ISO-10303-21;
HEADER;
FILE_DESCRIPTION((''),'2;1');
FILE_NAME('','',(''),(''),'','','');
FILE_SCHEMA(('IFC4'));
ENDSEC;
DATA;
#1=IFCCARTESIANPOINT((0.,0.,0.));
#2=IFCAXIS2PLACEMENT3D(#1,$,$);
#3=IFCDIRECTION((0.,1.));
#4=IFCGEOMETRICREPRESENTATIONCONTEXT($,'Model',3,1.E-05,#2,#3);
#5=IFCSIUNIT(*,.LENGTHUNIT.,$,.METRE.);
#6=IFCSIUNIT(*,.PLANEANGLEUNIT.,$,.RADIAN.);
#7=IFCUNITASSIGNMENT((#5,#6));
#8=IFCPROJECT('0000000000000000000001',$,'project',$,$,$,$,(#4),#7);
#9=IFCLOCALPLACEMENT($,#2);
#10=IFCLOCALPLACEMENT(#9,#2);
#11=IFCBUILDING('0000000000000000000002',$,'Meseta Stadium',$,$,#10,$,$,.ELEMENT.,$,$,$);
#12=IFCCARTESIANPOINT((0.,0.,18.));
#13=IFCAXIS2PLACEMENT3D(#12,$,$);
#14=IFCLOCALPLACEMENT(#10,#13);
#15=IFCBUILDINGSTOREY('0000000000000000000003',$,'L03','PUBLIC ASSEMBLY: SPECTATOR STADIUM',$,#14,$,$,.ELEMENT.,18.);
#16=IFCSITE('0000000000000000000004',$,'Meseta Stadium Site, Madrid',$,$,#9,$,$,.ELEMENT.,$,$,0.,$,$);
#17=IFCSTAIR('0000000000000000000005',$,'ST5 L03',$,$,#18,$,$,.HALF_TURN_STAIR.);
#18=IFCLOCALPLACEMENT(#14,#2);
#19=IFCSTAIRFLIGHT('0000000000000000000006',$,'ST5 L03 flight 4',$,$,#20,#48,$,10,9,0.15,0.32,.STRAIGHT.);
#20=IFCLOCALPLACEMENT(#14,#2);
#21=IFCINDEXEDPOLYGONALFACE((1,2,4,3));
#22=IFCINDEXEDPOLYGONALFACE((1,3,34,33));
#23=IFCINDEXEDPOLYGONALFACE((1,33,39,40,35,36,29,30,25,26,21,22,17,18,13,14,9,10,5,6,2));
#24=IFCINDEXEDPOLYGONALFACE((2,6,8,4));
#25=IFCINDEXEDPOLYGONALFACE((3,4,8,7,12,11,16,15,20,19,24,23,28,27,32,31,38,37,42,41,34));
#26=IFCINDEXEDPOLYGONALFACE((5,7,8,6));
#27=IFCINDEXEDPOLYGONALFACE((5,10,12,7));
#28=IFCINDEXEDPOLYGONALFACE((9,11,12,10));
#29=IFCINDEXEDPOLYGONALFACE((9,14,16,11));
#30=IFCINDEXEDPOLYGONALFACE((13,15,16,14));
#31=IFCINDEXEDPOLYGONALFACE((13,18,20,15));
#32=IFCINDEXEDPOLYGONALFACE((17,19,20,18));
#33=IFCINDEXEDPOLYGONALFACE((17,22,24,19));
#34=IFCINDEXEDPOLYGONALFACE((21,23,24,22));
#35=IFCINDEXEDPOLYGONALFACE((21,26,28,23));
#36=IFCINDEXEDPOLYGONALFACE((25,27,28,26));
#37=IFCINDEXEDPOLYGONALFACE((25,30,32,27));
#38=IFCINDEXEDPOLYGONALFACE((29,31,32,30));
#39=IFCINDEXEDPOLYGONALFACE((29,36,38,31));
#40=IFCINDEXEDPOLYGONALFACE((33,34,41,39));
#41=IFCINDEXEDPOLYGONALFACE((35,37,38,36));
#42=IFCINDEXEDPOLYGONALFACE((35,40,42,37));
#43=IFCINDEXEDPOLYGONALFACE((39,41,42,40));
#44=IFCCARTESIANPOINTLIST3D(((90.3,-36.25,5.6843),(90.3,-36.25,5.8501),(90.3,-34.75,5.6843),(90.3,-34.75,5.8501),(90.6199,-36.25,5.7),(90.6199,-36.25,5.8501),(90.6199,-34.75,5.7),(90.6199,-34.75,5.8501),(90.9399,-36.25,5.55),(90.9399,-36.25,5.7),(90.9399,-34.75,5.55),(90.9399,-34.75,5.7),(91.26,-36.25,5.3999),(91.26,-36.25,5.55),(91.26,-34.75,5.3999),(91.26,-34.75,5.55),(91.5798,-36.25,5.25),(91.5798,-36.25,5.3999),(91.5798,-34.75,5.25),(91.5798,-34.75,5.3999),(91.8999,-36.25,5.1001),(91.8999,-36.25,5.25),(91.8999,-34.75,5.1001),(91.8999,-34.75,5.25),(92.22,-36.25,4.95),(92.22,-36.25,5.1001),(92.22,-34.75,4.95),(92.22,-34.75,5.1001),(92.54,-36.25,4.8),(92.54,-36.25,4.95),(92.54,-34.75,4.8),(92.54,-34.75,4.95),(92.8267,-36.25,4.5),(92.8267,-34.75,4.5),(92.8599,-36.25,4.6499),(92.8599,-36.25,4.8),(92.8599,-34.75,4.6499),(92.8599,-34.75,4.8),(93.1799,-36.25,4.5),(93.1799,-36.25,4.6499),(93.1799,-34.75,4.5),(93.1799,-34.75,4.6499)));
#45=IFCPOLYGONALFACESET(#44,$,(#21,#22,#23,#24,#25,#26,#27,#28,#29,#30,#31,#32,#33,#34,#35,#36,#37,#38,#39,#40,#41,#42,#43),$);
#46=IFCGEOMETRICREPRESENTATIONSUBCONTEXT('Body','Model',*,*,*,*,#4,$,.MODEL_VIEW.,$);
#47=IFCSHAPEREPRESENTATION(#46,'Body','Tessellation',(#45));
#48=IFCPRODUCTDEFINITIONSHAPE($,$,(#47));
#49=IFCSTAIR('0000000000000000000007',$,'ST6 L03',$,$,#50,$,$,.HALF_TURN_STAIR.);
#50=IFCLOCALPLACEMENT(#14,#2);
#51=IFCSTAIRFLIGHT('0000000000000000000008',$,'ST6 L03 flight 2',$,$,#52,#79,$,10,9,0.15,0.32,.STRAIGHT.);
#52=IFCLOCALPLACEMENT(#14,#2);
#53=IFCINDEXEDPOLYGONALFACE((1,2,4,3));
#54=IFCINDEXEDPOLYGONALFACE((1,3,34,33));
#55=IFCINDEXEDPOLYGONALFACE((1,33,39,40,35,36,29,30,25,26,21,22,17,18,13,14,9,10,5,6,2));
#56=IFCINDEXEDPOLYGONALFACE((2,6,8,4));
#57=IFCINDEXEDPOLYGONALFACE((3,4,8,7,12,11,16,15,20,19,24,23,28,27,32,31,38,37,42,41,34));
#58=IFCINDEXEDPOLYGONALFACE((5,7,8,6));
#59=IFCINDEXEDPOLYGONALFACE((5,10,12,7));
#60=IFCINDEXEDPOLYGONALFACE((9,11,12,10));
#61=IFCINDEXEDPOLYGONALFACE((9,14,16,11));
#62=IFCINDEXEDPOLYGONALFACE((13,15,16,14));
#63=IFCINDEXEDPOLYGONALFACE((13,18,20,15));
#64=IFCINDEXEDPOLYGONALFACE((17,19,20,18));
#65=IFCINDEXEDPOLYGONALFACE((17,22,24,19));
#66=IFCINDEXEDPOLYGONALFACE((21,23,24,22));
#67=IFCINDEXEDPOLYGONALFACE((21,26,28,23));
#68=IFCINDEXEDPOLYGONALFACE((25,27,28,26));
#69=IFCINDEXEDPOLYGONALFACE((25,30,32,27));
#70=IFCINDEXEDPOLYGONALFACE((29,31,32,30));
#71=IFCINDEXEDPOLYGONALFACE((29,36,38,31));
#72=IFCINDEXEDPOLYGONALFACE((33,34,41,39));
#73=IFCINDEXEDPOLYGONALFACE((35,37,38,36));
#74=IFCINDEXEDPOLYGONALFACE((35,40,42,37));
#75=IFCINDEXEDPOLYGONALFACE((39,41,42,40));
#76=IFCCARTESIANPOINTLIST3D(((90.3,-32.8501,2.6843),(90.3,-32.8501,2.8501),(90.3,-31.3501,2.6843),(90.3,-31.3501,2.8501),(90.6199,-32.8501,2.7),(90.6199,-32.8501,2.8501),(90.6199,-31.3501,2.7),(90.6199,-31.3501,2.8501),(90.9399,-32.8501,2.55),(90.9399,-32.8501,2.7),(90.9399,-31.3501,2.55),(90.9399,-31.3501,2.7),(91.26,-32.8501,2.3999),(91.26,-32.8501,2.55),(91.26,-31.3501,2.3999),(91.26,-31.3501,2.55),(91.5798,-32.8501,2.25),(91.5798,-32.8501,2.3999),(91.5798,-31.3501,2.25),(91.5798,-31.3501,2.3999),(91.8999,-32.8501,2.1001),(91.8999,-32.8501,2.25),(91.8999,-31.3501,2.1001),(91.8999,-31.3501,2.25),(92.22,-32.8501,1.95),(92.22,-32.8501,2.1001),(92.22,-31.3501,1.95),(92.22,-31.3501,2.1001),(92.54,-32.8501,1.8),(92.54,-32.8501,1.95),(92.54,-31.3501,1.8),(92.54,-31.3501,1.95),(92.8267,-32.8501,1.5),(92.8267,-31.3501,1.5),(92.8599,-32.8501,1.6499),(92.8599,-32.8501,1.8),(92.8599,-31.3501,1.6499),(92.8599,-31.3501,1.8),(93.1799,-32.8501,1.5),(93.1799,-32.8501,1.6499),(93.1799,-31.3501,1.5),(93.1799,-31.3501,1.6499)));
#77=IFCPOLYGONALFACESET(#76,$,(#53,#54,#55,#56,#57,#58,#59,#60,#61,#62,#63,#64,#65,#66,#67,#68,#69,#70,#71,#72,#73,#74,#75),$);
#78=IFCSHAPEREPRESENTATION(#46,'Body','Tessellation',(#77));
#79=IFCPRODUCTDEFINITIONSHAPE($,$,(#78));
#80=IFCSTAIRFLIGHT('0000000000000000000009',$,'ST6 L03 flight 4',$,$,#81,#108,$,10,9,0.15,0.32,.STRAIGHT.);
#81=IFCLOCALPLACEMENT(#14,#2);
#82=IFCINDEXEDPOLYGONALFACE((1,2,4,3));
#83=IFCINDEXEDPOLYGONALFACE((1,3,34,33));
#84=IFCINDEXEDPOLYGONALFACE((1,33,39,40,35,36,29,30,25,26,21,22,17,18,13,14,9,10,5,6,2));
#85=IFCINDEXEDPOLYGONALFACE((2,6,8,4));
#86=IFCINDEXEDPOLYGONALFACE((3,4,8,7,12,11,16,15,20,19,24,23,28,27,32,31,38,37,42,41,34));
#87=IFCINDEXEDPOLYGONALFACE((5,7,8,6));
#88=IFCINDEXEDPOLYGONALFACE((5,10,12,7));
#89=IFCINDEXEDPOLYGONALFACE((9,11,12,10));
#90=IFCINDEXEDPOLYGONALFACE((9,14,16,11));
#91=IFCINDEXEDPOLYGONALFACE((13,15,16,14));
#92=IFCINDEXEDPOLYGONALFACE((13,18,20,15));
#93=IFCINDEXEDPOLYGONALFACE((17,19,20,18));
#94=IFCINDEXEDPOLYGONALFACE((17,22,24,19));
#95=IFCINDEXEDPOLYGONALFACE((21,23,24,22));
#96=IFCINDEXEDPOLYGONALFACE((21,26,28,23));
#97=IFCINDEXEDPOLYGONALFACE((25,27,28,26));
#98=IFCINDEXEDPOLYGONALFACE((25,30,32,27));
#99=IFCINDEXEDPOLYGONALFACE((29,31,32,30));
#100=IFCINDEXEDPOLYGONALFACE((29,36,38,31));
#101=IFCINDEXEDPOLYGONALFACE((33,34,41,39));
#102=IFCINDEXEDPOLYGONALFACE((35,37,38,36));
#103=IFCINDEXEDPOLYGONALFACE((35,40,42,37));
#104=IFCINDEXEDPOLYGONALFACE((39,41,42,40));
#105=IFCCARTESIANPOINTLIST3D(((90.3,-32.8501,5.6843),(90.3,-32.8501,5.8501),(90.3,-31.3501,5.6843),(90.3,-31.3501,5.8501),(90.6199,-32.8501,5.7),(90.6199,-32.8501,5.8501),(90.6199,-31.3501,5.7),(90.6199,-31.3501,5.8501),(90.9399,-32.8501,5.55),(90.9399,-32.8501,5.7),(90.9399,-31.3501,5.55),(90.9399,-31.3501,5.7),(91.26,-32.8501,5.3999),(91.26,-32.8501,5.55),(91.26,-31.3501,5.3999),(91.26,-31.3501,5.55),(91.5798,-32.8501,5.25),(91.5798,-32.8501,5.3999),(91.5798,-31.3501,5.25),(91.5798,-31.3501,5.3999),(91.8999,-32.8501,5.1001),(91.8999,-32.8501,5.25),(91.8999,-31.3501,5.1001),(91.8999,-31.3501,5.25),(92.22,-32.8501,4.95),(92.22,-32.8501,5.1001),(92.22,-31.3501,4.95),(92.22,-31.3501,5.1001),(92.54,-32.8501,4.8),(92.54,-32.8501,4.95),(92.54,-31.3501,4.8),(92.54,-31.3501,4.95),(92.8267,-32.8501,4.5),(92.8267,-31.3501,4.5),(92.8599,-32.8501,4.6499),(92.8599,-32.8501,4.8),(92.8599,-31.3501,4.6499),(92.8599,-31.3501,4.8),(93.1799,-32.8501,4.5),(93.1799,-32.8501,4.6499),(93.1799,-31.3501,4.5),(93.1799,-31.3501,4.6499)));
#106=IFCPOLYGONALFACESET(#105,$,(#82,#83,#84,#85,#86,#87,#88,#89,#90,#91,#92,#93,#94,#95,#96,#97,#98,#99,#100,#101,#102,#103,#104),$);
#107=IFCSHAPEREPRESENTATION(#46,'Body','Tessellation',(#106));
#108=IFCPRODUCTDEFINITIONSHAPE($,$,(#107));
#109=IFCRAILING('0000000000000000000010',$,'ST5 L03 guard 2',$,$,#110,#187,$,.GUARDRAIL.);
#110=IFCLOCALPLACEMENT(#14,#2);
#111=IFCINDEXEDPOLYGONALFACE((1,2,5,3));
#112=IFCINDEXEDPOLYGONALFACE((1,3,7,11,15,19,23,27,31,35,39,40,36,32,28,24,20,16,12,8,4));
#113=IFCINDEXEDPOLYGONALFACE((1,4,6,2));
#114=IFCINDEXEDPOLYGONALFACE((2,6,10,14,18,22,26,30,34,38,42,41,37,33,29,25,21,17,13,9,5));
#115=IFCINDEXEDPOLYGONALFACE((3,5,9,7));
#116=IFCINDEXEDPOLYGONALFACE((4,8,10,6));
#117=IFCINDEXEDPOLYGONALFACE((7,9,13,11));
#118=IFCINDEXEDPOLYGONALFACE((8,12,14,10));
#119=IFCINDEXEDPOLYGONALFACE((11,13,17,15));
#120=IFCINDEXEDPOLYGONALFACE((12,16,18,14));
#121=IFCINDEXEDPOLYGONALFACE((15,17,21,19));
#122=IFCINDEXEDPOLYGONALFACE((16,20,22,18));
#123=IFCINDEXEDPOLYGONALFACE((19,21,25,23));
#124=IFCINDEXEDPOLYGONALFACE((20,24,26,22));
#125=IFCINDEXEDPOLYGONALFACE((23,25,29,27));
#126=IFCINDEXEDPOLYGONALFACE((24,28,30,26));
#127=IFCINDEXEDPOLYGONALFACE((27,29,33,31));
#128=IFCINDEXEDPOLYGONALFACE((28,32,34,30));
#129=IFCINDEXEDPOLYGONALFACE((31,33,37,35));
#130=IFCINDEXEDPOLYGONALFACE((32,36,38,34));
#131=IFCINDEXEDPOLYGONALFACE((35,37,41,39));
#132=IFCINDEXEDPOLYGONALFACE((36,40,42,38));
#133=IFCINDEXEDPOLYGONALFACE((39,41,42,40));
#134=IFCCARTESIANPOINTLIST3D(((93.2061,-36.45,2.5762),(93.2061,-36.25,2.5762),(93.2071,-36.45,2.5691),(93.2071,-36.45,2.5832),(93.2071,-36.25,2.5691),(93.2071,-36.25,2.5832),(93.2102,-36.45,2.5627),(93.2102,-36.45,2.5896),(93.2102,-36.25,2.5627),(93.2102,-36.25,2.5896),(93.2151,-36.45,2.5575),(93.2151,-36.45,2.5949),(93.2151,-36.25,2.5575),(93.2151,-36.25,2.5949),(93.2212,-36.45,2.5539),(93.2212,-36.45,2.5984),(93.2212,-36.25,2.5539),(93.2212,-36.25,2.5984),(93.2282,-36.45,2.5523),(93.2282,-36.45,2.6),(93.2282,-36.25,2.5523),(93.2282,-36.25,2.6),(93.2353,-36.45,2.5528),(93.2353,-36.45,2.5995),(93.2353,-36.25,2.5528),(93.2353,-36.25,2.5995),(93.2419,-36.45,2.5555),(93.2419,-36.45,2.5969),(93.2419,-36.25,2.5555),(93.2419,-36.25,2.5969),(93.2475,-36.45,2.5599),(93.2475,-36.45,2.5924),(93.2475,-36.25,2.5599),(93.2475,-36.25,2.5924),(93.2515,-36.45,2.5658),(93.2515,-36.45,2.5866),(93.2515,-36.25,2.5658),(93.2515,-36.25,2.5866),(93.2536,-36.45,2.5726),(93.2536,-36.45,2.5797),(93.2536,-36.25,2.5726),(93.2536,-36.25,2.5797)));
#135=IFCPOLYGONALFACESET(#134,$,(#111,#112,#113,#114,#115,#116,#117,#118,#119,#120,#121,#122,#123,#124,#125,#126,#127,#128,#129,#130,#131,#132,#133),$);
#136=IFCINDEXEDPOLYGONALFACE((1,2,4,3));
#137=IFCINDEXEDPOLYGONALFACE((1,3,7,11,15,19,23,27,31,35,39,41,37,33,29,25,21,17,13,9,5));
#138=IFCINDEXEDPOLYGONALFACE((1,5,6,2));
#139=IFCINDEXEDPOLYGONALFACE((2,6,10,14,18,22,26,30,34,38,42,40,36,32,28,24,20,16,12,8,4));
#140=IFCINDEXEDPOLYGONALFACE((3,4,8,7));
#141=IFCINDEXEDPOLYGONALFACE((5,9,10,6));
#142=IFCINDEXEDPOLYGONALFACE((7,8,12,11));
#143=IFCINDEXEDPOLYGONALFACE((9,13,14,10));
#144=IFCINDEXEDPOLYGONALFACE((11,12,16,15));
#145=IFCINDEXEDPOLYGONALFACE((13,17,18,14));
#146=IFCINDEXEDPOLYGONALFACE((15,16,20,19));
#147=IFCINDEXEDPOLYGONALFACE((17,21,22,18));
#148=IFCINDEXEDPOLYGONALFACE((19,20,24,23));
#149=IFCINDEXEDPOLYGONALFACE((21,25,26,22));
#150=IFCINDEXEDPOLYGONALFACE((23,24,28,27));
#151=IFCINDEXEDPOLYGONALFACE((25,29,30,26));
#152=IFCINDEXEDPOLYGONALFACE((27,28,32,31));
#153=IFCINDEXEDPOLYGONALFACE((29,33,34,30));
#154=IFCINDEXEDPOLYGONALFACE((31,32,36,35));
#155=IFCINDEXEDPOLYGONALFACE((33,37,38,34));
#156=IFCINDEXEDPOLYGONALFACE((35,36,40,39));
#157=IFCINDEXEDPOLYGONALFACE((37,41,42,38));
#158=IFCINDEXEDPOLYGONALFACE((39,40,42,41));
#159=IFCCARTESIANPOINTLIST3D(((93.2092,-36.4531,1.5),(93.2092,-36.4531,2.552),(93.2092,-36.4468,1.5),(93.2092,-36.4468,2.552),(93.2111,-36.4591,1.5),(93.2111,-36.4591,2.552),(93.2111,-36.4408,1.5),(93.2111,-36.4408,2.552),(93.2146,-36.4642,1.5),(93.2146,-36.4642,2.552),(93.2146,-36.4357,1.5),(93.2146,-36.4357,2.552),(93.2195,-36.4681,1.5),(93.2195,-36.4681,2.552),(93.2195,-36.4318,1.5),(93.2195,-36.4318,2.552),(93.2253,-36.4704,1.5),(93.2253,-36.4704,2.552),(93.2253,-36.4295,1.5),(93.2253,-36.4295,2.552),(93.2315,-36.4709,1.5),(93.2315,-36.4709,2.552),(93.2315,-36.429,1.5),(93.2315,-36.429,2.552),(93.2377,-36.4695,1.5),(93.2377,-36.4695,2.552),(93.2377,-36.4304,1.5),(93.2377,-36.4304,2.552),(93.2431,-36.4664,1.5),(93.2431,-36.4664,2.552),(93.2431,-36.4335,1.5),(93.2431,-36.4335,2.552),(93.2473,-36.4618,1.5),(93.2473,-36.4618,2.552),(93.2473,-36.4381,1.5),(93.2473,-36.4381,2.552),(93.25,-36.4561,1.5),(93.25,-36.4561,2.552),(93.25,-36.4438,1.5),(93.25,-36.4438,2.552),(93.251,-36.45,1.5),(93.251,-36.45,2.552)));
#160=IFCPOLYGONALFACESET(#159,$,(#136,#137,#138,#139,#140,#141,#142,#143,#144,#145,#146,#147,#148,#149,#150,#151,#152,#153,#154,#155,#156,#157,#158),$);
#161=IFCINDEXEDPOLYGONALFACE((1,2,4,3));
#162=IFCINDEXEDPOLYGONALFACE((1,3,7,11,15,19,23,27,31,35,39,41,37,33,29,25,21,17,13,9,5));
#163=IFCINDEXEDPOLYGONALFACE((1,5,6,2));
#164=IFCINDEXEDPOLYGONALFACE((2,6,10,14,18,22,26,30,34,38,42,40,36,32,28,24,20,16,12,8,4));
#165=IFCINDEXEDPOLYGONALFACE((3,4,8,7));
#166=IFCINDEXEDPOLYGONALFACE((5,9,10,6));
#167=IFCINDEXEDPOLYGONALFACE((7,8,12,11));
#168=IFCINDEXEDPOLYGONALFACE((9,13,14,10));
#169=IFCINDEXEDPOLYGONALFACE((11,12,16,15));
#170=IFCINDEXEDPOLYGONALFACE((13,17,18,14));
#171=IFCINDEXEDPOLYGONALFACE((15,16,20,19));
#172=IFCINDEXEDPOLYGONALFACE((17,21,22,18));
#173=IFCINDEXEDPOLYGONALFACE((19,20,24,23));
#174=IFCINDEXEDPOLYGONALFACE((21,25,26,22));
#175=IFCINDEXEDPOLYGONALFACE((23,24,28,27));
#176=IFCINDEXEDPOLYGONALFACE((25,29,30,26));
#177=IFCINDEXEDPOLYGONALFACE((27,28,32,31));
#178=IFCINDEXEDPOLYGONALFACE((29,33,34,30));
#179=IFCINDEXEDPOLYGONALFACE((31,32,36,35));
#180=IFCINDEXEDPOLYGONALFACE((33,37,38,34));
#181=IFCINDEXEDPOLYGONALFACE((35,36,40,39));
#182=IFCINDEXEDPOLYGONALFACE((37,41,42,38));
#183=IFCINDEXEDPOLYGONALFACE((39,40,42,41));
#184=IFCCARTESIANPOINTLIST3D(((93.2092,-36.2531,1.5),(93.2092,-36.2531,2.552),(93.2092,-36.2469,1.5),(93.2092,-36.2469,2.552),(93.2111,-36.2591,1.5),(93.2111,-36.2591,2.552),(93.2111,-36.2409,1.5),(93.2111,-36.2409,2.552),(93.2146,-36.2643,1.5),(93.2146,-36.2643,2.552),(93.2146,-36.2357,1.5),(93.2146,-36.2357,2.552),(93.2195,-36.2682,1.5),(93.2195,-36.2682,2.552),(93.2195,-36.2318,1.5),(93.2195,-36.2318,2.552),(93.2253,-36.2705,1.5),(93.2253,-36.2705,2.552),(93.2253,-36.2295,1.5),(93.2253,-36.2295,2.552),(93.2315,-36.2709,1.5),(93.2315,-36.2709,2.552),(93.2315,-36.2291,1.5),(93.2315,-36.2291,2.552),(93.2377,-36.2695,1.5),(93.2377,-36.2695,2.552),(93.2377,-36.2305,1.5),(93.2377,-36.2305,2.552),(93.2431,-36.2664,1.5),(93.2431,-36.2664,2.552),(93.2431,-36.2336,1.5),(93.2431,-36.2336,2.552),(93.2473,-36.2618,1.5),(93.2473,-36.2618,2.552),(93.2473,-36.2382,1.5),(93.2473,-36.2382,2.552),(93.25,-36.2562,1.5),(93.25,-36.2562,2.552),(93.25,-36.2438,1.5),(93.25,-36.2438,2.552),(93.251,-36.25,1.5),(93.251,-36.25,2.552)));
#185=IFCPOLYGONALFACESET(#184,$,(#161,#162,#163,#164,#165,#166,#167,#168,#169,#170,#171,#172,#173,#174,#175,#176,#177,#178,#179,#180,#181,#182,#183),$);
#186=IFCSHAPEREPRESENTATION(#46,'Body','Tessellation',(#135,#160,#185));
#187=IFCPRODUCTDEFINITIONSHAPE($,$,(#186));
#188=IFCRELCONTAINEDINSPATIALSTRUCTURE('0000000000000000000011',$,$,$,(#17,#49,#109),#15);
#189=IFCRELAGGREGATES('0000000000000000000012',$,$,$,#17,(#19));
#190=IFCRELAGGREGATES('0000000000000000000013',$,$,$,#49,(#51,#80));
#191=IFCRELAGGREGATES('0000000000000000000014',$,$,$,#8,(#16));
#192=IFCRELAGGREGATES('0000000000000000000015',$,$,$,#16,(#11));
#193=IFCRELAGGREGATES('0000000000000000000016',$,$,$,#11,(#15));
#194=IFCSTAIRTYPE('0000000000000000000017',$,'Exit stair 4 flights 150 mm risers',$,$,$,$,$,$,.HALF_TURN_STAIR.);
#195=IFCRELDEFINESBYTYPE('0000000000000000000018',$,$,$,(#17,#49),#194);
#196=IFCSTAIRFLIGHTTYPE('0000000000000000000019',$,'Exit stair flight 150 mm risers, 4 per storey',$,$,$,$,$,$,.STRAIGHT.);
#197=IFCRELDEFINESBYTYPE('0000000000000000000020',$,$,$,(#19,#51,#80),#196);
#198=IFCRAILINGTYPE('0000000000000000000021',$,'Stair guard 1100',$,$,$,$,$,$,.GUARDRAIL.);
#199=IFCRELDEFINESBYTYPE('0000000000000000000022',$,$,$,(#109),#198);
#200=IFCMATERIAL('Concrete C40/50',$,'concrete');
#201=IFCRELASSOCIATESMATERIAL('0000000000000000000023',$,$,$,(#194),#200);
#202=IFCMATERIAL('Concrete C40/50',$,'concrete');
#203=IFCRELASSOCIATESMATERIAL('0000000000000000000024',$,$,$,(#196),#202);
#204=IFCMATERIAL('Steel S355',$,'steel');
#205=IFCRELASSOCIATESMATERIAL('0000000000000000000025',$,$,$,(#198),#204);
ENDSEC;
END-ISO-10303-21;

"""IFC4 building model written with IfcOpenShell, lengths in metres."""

from ifc_helpers import new_model, si_unit, direction, frame, origin, origin_2d, place, context, subcontext, project, spatial, polyline, circle, outline, extrude, material, type_object, element, aggregate, save


model = new_model("IFC4")

# Units and contexts
model_context = context("Model", 3, precision=1e-05, world=origin(), true_north=direction((0.0, 1.0)))
body_context = subcontext(model_context, "Body", "Model", "MODEL_VIEW")
ifc_project = project(units=[si_unit("LENGTHUNIT", "METRE"), si_unit("PLANEANGLEUNIT", "RADIAN")], contexts=[model_context])

# Site, building, storey
site_placement = place(None, origin())
site = spatial("IfcSite", under=ifc_project, at=site_placement, Name="Meseta Stadium Site, Madrid", CompositionType="ELEMENT", RefElevation=0.0)
building_placement = place(site_placement, origin())
building = spatial("IfcBuilding", under=site, at=building_placement, Name="Meseta Stadium", CompositionType="ELEMENT")
storey_placement = place(building_placement, frame((0.0, 0.0, 18.0)))
storey = spatial("IfcBuildingStorey", under=building, at=storey_placement, Name="L03", Description="PUBLIC ASSEMBLY: SPECTATOR STADIUM", CompositionType="ELEMENT", Elevation=18.0)

# Stairs, stair flights
ifc_material_1 = material(Name="Concrete C40/50", Category="concrete")
stair_type = type_object("IfcStairType", Name="Exit stair 4 flights 150 mm risers", PredefinedType="HALF_TURN_STAIR", material=ifc_material_1)
stair_1_placement = place(storey_placement, origin())
stair_1 = element("IfcStair", 1, at=stair_1_placement, inside=storey, type_object=stair_type, Name="ST5 L03", PredefinedType="HALF_TURN_STAIR")
ifc_material_2 = material(Name="Concrete C40/50", Category="concrete")
stair_flight_type = type_object("IfcStairFlightType", Name="Exit stair flight 150 mm risers, 4 per storey", PredefinedType="STRAIGHT", material=ifc_material_2)
stair_flight_1_placement = place(storey_placement, frame((93.1799, -35.5, 4.5), z_axis=(0.0, 0.0, 1.0), x_axis=(-1.0, 0.0, 0.0)))
stair_flight_1 = element("IfcStairFlight", 2, at=stair_flight_1_placement, type_object=stair_flight_type, Name="ST5 L03 flight 4", NumberOfRisers=10, NumberOfTreads=9, PredefinedType="STRAIGHT", RiserHeight=0.15, TreadLength=0.32, context=body_context, shape_type="SweptSolid", body=[
    extrude(outline(polyline([(0.0, 0.0), (0.0, 0.1499), (0.3201, 0.1499), (0.3201, 0.3), (0.6399, 0.3), (0.6399, 0.45), (0.96, 0.45), (0.96, 0.6001), (1.28, 0.6001), (1.28, 0.75), (1.6001, 0.75), (1.6001, 0.8999), (1.9199, 0.8999), (1.9199, 1.05), (2.24, 1.05), (2.24, 1.2), (2.5601, 1.2), (2.5601, 1.3501), (2.8799, 1.3501), (2.8799, 1.1843), (0.3533, 0.0), (0.0, 0.0)])), frame((0.0, 0.75, 0.0), z_axis=(0.0, -1.0, 0.0), x_axis=(1.0, 0.0, 0.0)), (0.0, 0.0, 1.0), 1.5),
])
aggregate(stair_1, [stair_flight_1])
stair_2_placement = place(storey_placement, origin())
stair_2 = element("IfcStair", 3, at=stair_2_placement, inside=storey, type_object=stair_type, Name="ST6 L03", PredefinedType="HALF_TURN_STAIR")
stair_flight_2_placement = place(storey_placement, frame((93.1799, -32.1001, 1.5), z_axis=(0.0, 0.0, 1.0), x_axis=(-1.0, 0.0, 0.0)))
stair_flight_2 = element("IfcStairFlight", 4, at=stair_flight_2_placement, type_object=stair_flight_type, Name="ST6 L03 flight 2", NumberOfRisers=10, NumberOfTreads=9, PredefinedType="STRAIGHT", RiserHeight=0.15, TreadLength=0.32, context=body_context, shape_type="SweptSolid", body=[
    extrude(outline(polyline([(0.0, 0.0), (0.0, 0.1499), (0.3201, 0.1499), (0.3201, 0.3), (0.6399, 0.3), (0.6399, 0.45), (0.96, 0.45), (0.96, 0.6001), (1.28, 0.6001), (1.28, 0.75), (1.6001, 0.75), (1.6001, 0.8999), (1.9199, 0.8999), (1.9199, 1.05), (2.24, 1.05), (2.24, 1.2), (2.5601, 1.2), (2.5601, 1.3501), (2.8799, 1.3501), (2.8799, 1.1843), (0.3533, 0.0), (0.0, 0.0)])), frame((0.0, 0.75, 0.0), z_axis=(0.0, -1.0, 0.0), x_axis=(1.0, 0.0, 0.0)), (0.0, 0.0, 1.0), 1.5),
])
stair_flight_3_placement = place(storey_placement, frame((93.1799, -32.1001, 4.5), z_axis=(0.0, 0.0, 1.0), x_axis=(-1.0, 0.0, 0.0)))
stair_flight_3 = element("IfcStairFlight", 5, at=stair_flight_3_placement, type_object=stair_flight_type, Name="ST6 L03 flight 4", NumberOfRisers=10, NumberOfTreads=9, PredefinedType="STRAIGHT", RiserHeight=0.15, TreadLength=0.32, context=body_context, shape_type="SweptSolid", body=[
    extrude(outline(polyline([(0.0, 0.0), (0.0, 0.1499), (0.3201, 0.1499), (0.3201, 0.3), (0.6399, 0.3), (0.6399, 0.45), (0.96, 0.45), (0.96, 0.6001), (1.28, 0.6001), (1.28, 0.75), (1.6001, 0.75), (1.6001, 0.8999), (1.9199, 0.8999), (1.9199, 1.05), (2.24, 1.05), (2.24, 1.2), (2.5601, 1.2), (2.5601, 1.3501), (2.8799, 1.3501), (2.8799, 1.1843), (0.3533, 0.0), (0.0, 0.0)])), frame((0.0, 0.75, 0.0), z_axis=(0.0, -1.0, 0.0), x_axis=(1.0, 0.0, 0.0)), (0.0, 0.0, 1.0), 1.5),
])
aggregate(stair_2, [stair_flight_2, stair_flight_3])

# Railing
ifc_material_3 = material(Name="Steel S355", Category="steel")
railing_type_1 = type_object("IfcRailingType", Name="Stair guard 1100", PredefinedType="GUARDRAIL", material=ifc_material_3)
railing_1_placement = place(storey_placement, frame((93.23, -36.45, 1.5)))
element("IfcRailing", 6, at=railing_1_placement, inside=storey, type_object=railing_type_1, Name="ST5 L03 guard 2", PredefinedType="GUARDRAIL", context=body_context, shape_type="SweptSolid", body=[
    extrude(circle(Radius=0.0239, at=origin_2d()), frame((0.0, 0.0, 1.0762), z_axis=(0.0, 1.0, 0.0), x_axis=(-1.0, 0.0, 0.0)), (0.0, 0.0, 1.0), 0.2),
    extrude(circle(Radius=0.021, at=origin_2d()), origin(), (0.0, 0.0, 1.0), 1.052),
    extrude(circle(Radius=0.021, at=origin_2d()), frame((0.0, 0.2, 0.0)), (0.0, 0.0, 1.0), 1.052),
])

save(model, "model.ifc")
